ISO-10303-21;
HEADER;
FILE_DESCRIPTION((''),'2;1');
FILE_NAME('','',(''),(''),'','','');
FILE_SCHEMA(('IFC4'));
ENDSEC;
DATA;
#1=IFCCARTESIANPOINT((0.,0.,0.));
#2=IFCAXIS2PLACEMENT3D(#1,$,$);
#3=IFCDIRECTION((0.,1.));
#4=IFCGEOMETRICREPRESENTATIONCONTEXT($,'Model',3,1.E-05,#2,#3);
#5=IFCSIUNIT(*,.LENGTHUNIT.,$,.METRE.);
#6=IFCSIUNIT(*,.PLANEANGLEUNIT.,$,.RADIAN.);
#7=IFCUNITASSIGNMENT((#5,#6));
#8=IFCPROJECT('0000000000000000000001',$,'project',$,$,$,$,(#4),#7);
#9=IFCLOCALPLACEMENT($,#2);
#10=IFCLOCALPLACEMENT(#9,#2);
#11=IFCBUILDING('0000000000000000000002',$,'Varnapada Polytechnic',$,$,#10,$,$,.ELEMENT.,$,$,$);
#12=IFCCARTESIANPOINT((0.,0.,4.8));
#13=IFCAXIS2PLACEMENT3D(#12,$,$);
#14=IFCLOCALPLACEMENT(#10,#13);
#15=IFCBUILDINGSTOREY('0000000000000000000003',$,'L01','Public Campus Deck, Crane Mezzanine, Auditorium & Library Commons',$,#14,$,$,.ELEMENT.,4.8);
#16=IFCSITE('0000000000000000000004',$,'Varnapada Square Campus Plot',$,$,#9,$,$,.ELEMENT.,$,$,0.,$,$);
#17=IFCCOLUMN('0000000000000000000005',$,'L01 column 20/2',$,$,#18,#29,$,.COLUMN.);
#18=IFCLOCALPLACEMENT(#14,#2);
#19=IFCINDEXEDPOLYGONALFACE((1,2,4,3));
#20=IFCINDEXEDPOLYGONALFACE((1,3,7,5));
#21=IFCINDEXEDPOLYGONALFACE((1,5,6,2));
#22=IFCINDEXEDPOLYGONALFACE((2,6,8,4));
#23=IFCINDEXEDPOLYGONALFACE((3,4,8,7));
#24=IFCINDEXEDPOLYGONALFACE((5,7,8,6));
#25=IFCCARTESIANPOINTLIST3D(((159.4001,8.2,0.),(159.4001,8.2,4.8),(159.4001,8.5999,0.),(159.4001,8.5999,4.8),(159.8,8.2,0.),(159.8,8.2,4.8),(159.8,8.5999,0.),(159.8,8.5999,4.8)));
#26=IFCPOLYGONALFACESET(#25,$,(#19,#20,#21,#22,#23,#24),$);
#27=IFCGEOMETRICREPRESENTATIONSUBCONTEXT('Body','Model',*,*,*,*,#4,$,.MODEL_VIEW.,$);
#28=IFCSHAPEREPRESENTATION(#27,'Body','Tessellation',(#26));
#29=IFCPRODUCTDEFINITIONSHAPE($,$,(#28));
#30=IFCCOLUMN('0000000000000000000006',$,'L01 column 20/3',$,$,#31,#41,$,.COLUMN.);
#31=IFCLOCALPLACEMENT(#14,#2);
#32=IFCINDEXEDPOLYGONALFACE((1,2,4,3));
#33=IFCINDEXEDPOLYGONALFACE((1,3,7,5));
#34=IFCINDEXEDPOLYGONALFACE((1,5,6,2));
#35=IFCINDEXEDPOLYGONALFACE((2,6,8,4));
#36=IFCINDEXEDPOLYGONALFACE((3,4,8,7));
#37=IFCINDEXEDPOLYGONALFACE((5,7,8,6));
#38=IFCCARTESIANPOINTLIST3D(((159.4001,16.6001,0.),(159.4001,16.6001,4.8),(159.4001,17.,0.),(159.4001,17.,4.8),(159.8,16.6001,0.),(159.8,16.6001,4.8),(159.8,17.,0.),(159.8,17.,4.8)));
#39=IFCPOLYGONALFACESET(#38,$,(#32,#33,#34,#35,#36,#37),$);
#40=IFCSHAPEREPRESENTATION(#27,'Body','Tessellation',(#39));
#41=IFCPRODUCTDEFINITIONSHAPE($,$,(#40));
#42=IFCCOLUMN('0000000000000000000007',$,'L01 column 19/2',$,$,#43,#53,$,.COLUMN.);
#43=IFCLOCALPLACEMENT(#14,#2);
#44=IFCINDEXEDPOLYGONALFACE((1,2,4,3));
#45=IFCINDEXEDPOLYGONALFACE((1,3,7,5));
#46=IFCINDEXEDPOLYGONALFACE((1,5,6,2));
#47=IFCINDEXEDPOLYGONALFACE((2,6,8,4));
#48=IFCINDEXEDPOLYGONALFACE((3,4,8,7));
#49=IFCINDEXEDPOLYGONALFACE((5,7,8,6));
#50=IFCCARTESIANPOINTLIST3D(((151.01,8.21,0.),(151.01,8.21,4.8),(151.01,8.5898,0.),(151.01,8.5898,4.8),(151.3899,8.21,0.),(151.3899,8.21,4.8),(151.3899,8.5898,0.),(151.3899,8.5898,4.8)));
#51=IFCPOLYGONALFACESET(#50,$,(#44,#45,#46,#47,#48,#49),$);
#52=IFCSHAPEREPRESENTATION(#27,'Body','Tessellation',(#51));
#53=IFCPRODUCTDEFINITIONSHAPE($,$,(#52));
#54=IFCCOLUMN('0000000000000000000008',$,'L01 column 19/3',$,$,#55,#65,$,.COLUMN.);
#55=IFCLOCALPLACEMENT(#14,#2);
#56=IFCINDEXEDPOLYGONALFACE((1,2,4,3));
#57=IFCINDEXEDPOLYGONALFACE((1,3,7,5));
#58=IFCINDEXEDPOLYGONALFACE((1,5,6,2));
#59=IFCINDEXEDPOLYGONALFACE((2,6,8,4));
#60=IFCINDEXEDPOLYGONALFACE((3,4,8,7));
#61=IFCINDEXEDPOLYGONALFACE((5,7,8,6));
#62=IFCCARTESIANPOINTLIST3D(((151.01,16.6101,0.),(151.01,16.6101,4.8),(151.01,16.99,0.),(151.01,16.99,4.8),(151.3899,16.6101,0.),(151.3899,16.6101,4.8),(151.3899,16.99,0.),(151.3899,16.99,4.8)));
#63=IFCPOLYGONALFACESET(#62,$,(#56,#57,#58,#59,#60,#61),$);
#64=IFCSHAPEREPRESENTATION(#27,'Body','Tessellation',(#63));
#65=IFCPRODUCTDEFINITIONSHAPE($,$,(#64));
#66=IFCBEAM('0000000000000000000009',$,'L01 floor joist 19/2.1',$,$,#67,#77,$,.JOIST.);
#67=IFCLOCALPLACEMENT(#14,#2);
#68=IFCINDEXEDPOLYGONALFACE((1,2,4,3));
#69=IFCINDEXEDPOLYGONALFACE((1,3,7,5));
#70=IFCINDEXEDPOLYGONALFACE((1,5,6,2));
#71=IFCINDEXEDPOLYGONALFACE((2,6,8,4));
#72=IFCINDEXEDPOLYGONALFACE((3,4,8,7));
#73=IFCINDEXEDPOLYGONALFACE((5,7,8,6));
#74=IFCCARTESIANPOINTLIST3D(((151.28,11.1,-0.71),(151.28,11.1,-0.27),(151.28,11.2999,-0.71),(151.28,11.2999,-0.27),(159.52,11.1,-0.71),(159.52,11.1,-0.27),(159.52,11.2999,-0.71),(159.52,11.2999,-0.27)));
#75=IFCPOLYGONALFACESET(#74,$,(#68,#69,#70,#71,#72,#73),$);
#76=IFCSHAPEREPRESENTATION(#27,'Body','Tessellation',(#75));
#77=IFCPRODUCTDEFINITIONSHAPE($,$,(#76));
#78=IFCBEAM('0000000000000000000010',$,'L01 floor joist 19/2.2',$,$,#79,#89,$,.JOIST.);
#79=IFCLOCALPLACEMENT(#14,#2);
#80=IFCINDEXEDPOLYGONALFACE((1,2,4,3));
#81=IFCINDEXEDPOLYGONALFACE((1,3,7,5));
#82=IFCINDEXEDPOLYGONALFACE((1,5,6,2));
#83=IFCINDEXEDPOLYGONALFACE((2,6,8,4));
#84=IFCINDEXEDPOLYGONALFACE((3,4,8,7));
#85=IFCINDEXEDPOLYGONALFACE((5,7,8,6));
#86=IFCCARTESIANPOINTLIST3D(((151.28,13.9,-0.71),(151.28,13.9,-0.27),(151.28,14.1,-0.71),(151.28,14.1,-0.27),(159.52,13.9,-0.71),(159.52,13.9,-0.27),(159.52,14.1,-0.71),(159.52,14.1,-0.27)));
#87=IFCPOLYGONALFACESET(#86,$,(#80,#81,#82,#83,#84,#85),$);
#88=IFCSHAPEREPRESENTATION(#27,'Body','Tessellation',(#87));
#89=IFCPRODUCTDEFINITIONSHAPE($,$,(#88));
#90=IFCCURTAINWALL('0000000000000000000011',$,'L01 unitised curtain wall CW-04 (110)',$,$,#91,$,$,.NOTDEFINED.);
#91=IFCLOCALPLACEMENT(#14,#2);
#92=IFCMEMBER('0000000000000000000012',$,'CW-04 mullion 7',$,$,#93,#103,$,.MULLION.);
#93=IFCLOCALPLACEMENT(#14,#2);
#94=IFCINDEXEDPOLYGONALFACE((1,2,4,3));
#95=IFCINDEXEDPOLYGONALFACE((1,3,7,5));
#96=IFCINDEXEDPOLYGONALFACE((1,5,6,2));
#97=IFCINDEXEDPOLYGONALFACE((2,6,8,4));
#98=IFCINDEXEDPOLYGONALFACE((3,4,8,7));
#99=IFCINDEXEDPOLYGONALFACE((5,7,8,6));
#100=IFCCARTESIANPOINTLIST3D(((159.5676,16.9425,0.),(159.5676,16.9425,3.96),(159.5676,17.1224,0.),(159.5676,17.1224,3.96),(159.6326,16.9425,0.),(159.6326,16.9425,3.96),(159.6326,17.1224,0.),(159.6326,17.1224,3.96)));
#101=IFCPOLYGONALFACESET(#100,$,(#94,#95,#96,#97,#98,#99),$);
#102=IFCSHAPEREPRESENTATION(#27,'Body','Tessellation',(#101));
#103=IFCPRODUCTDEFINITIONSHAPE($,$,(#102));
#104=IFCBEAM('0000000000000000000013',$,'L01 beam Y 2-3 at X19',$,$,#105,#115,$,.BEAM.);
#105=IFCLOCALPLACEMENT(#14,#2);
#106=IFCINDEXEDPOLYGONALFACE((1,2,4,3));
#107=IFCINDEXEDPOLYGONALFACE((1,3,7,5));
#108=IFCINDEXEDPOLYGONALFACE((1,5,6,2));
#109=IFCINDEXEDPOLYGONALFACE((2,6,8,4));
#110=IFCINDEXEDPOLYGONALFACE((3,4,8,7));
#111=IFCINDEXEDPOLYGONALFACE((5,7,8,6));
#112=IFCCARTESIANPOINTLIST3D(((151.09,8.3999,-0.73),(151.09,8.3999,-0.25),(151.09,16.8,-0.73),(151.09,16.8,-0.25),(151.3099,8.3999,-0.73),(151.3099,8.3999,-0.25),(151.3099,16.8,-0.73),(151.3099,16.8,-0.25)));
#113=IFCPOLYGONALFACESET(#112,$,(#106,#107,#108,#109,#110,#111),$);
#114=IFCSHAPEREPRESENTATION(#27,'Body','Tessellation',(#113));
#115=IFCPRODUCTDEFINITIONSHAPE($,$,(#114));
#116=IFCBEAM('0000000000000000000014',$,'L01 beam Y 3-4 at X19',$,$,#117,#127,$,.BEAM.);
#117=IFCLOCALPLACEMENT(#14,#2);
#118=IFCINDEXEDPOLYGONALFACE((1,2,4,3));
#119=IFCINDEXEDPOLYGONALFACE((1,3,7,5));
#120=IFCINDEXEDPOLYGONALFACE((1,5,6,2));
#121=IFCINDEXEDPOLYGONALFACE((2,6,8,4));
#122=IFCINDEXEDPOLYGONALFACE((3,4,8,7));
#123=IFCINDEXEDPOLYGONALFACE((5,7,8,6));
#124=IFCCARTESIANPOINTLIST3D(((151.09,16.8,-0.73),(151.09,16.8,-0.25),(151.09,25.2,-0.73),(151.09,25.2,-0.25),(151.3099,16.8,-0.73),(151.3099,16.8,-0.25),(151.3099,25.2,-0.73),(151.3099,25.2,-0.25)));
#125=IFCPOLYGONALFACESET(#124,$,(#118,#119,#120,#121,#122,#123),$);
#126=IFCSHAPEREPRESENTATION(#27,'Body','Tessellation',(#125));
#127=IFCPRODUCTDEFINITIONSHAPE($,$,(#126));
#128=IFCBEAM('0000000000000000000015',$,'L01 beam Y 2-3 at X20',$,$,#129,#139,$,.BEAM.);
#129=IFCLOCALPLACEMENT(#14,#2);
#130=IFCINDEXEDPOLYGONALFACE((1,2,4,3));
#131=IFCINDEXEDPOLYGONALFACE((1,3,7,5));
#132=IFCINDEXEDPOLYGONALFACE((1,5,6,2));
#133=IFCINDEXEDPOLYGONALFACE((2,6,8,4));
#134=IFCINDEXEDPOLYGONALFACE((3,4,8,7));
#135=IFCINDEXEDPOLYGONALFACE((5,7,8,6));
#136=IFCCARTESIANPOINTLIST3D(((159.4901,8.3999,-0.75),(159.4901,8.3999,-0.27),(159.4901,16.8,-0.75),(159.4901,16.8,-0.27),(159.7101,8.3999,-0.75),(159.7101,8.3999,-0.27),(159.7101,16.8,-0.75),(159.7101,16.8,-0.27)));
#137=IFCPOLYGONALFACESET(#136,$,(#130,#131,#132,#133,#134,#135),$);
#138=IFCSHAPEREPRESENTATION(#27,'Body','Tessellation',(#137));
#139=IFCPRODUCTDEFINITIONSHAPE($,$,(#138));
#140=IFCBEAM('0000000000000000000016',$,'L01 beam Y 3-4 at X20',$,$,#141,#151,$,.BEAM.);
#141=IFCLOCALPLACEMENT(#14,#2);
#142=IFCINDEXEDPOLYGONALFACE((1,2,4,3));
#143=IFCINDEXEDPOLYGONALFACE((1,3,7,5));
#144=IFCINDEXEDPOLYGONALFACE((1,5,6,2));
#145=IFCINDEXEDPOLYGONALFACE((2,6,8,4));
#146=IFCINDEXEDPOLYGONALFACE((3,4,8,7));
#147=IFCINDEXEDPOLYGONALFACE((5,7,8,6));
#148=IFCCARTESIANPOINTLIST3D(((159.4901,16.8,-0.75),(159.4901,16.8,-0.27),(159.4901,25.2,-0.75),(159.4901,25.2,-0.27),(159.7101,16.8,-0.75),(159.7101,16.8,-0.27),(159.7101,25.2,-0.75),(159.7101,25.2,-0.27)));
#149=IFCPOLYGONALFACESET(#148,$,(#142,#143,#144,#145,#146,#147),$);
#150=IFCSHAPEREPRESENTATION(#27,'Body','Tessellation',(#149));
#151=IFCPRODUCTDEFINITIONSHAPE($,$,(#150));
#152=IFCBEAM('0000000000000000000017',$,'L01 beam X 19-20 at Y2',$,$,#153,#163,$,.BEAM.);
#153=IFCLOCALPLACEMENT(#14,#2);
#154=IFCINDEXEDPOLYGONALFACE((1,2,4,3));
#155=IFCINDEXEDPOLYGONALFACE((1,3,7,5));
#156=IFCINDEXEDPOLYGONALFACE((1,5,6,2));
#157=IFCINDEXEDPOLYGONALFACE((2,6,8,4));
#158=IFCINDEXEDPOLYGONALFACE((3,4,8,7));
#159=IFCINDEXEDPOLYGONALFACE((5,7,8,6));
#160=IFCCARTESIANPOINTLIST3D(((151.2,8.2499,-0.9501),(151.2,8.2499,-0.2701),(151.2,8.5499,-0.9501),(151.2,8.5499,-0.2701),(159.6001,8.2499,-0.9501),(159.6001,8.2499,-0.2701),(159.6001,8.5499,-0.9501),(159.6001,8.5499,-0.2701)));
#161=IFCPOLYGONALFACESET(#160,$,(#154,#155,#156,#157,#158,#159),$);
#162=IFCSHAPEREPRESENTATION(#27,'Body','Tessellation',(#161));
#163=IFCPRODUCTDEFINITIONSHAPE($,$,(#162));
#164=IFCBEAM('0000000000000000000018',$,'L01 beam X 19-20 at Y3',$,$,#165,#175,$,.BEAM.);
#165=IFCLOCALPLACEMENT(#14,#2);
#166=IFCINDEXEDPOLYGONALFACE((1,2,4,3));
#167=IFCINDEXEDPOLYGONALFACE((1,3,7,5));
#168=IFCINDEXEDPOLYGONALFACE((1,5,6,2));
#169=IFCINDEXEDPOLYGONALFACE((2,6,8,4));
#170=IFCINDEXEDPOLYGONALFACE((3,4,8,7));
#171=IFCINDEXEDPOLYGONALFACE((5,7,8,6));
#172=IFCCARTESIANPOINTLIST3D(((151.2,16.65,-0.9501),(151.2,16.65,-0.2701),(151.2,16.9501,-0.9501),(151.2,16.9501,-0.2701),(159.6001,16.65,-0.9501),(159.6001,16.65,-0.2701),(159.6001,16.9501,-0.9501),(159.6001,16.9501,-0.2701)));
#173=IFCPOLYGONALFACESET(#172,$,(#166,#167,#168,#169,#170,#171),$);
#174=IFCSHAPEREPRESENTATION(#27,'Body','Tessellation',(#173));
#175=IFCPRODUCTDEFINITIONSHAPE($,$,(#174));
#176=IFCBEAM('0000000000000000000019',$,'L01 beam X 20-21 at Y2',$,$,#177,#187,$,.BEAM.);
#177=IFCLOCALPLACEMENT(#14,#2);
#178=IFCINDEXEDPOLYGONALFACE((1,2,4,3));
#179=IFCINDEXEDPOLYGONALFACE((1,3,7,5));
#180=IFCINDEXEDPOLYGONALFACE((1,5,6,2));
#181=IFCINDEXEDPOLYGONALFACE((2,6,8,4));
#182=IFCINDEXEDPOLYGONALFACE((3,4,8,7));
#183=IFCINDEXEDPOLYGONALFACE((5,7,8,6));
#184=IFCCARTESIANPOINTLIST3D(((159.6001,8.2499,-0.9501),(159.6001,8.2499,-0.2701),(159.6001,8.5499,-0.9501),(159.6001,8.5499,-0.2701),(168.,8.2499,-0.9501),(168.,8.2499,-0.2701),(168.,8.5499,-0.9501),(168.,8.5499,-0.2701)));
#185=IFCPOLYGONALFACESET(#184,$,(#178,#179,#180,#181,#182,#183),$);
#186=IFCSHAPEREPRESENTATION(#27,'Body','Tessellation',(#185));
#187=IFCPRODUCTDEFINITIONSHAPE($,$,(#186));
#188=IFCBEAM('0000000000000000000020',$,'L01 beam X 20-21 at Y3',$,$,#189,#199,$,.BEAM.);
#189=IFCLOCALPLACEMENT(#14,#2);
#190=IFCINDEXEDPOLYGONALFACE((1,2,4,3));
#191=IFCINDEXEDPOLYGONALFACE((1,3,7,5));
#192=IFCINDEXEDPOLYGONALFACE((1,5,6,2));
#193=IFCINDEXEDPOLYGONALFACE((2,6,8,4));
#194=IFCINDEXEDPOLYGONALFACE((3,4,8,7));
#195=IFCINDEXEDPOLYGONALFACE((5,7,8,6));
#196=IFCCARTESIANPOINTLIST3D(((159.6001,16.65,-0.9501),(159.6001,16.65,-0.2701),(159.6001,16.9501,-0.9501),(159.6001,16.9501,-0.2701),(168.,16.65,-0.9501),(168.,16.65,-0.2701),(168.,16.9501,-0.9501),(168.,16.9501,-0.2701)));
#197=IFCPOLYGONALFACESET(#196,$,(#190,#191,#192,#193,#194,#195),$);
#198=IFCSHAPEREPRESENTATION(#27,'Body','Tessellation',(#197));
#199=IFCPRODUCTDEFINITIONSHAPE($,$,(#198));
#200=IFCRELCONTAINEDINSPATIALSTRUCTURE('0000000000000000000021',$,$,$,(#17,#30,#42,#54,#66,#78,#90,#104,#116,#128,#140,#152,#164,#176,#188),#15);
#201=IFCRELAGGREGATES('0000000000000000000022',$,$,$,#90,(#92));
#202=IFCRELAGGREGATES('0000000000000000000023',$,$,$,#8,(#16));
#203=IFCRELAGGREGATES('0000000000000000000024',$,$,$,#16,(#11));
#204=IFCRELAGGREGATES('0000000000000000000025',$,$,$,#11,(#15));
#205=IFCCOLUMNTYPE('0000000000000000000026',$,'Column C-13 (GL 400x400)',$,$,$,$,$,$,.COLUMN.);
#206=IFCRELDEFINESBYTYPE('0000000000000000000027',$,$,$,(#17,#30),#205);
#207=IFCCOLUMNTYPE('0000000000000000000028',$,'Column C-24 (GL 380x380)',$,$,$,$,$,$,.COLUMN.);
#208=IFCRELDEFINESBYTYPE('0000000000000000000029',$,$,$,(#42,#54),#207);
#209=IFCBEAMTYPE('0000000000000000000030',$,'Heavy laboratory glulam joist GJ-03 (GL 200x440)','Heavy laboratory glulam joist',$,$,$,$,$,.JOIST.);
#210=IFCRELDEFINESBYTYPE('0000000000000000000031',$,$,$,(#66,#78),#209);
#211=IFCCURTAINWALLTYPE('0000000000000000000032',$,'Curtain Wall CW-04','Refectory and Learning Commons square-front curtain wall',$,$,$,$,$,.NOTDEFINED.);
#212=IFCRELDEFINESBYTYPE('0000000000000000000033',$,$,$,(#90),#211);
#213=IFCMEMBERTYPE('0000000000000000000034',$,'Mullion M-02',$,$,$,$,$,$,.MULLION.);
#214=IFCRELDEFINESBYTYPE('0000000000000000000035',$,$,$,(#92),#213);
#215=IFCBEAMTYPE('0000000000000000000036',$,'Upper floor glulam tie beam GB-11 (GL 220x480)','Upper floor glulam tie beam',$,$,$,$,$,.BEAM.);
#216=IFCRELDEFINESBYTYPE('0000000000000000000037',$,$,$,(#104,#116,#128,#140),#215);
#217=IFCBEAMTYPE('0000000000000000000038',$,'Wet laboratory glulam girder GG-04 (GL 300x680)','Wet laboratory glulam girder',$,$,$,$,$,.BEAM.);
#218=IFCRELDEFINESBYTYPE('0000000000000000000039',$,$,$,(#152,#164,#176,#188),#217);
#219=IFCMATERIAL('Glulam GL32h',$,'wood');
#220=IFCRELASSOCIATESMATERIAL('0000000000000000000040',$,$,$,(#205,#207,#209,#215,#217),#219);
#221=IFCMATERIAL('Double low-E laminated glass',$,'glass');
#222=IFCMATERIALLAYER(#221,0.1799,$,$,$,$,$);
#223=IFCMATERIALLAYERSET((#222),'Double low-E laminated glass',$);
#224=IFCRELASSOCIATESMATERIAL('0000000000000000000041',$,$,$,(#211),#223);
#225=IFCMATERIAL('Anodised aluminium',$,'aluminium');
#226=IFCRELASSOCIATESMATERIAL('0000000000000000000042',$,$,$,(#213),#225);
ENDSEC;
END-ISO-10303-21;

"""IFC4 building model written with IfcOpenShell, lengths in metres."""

from ifc_helpers import new_model, si_unit, direction, frame, origin, origin_2d, place, context, subcontext, project, spatial, rectangle, extrude, material, layer, layer_set, material_profile, profile_set, type_object, element, aggregate, save


model = new_model("IFC4")

# Units and contexts
model_context = context("Model", 3, precision=1e-05, world=origin(), true_north=direction((0.0, 1.0)))
body_context = subcontext(model_context, "Body", "Model", "MODEL_VIEW")
ifc_project = project(units=[si_unit("LENGTHUNIT", "METRE"), si_unit("PLANEANGLEUNIT", "RADIAN")], contexts=[model_context])

# Site, building, storey
site_placement = place(None, origin())
site = spatial("IfcSite", under=ifc_project, at=site_placement, Name="Varnapada Square Campus Plot", CompositionType="ELEMENT", RefElevation=0.0)
building_placement = place(site_placement, origin())
building = spatial("IfcBuilding", under=site, at=building_placement, Name="Varnapada Polytechnic", CompositionType="ELEMENT")
storey_placement = place(building_placement, frame((0.0, 0.0, 4.8)))
storey = spatial("IfcBuildingStorey", under=building, at=storey_placement, Name="L01", Description="Public Campus Deck, Crane Mezzanine, Auditorium & Library Commons", CompositionType="ELEMENT", Elevation=4.8)

# Columns
ifc_material_1 = material(Name="Glulam GL32h", Category="wood")
ifc_material_profile_1 = material_profile(ifc_material_1, rectangle(XDim=0.3999, YDim=0.3999, at=origin_2d()), Name="GL 400x400")
ifc_profile_set_1 = profile_set([ifc_material_profile_1], Name="Glulam GL32h")
column_type_1 = type_object("IfcColumnType", Name="Column C-13 (GL 400x400)", PredefinedType="COLUMN", material=ifc_profile_set_1)
for number, where, z_axis, x_axis, name in (
    (1, (159.6001, 8.3999, 0.0), (0.0, 0.0, 1.0), (1.0, 0.0, 0.0), "L01 column 20/2"),
    (2, (159.6001, 16.8, 0.0), (0.0, 0.0, 1.0), (1.0, 0.0, 0.0), "L01 column 20/3"),
):
    element("IfcColumn", number, at=place(storey_placement, frame(where, z_axis=z_axis, x_axis=x_axis)), inside=storey, type_object=column_type_1, Name=name, PredefinedType="COLUMN", context=body_context, shape_type="SweptSolid", body=[
        extrude(rectangle(XDim=0.3999, YDim=0.3999, at=origin_2d()), origin(), (0.0, 0.0, 1.0), 4.8),
    ])
ifc_material_profile_2 = material_profile(ifc_material_1, rectangle(XDim=0.3799, YDim=0.3799, at=origin_2d()), Name="GL 380x380")
ifc_profile_set_2 = profile_set([ifc_material_profile_2], Name="Glulam GL32h")
column_type_2 = type_object("IfcColumnType", Name="Column C-24 (GL 380x380)", PredefinedType="COLUMN", material=ifc_profile_set_2)
for number, where, z_axis, x_axis, name in (
    (3, (151.2, 8.3999, 0.0), (0.0, 0.0, 1.0), (1.0, 0.0, 0.0), "L01 column 19/2"),
    (4, (151.2, 16.8, 0.0), (0.0, 0.0, 1.0), (1.0, 0.0, 0.0), "L01 column 19/3"),
):
    element("IfcColumn", number, at=place(storey_placement, frame(where, z_axis=z_axis, x_axis=x_axis)), inside=storey, type_object=column_type_2, Name=name, PredefinedType="COLUMN", context=body_context, shape_type="SweptSolid", body=[
        extrude(rectangle(XDim=0.3799, YDim=0.3799, at=origin_2d()), origin(), (0.0, 0.0, 1.0), 4.8),
    ])

# Beams
ifc_material_profile_3 = material_profile(ifc_material_1, rectangle(XDim=0.2, YDim=0.4399, at=origin_2d()), Name="GL 200x440")
ifc_profile_set_3 = profile_set([ifc_material_profile_3], Name="Glulam GL32h")
beam_type_1 = type_object("IfcBeamType", Name="Heavy laboratory glulam joist GJ-03 (GL 200x440)", Description="Heavy laboratory glulam joist", PredefinedType="JOIST", material=ifc_profile_set_3)
for number, where, z_axis, x_axis, name in (
    (5, (151.28, 11.2, -0.49), (1.0, 0.0, 0.0), (0.0, 1.0, 0.0), "L01 floor joist 19/2.1"),
    (6, (151.28, 14.0, -0.49), (1.0, 0.0, 0.0), (0.0, 1.0, 0.0), "L01 floor joist 19/2.2"),
):
    element("IfcBeam", number, at=place(storey_placement, frame(where, z_axis=z_axis, x_axis=x_axis)), inside=storey, type_object=beam_type_1, Name=name, PredefinedType="JOIST", context=body_context, shape_type="SweptSolid", body=[
        extrude(rectangle(XDim=0.2, YDim=0.4399, at=origin_2d()), origin(), (0.0, 0.0, 1.0), 8.24),
    ])

# Curtain wall, member
ifc_material_2 = material(Name="Double low-E laminated glass", Category="glass")
ifc_layer_1 = layer(ifc_material_2, 0.1799)
ifc_layer_set_1 = layer_set([ifc_layer_1], Name="Double low-E laminated glass")
curtain_wall_type = type_object("IfcCurtainWallType", Name="Curtain Wall CW-04", Description="Refectory and Learning Commons square-front curtain wall", PredefinedType="NOTDEFINED", material=ifc_layer_set_1)
curtain_wall_placement = place(storey_placement, origin())
curtain_wall = element("IfcCurtainWall", 7, at=curtain_wall_placement, inside=storey, type_object=curtain_wall_type, Name="L01 unitised curtain wall CW-04 (110)", PredefinedType="NOTDEFINED")
ifc_material_3 = material(Name="Anodised aluminium", Category="aluminium")
ifc_material_profile_4 = material_profile(ifc_material_3, rectangle(XDim=0.0649, YDim=0.1799, at=origin_2d()), Name="ALU M65x180")
ifc_profile_set_4 = profile_set([ifc_material_profile_4], Name="Anodised aluminium")
member_type = type_object("IfcMemberType", Name="Mullion M-02", PredefinedType="MULLION", material=ifc_profile_set_4)
member_placement = place(storey_placement, frame((159.6001, 17.0325, 0.0), z_axis=(0.0, 0.0, 1.0), x_axis=(1.0, 0.0, 0.0)))
member = element("IfcMember", 8, at=member_placement, type_object=member_type, Name="CW-04 mullion 7", PredefinedType="MULLION", context=body_context, shape_type="SweptSolid", body=[
    extrude(rectangle(XDim=0.0649, YDim=0.1799, at=origin_2d()), origin(), (0.0, 0.0, 1.0), 3.96),
])

# Beams
ifc_material_profile_5 = material_profile(ifc_material_1, rectangle(XDim=0.22, YDim=0.48, at=origin_2d()), Name="GL 220x480")
ifc_profile_set_5 = profile_set([ifc_material_profile_5], Name="Glulam GL32h")
beam_type_2 = type_object("IfcBeamType", Name="Upper floor glulam tie beam GB-11 (GL 220x480)", Description="Upper floor glulam tie beam", PredefinedType="BEAM", material=ifc_profile_set_5)
beam_1_placement = place(storey_placement, frame((151.2, 8.3999, -0.49), z_axis=(0.0, 1.0, 0.0), x_axis=(-1.0, 0.0, 0.0)))
element("IfcBeam", 9, at=beam_1_placement, inside=storey, type_object=beam_type_2, Name="L01 beam Y 2-3 at X19", PredefinedType="BEAM", context=body_context, shape_type="SweptSolid", body=[
    extrude(rectangle(XDim=0.22, YDim=0.48, at=origin_2d()), origin(), (0.0, 0.0, 1.0), 8.4001),
])
beam_2_placement = place(storey_placement, frame((151.2, 16.8, -0.49), z_axis=(0.0, 1.0, 0.0), x_axis=(-1.0, 0.0, 0.0)))
element("IfcBeam", 10, at=beam_2_placement, inside=storey, type_object=beam_type_2, Name="L01 beam Y 3-4 at X19", PredefinedType="BEAM", context=body_context, shape_type="SweptSolid", body=[
    extrude(rectangle(XDim=0.22, YDim=0.48, at=origin_2d()), origin(), (0.0, 0.0, 1.0), 8.3999),
])
beam_3_placement = place(storey_placement, frame((159.6001, 8.3999, -0.51), z_axis=(0.0, 1.0, 0.0), x_axis=(-1.0, 0.0, 0.0)))
element("IfcBeam", 11, at=beam_3_placement, inside=storey, type_object=beam_type_2, Name="L01 beam Y 2-3 at X20", PredefinedType="BEAM", context=body_context, shape_type="SweptSolid", body=[
    extrude(rectangle(XDim=0.22, YDim=0.48, at=origin_2d()), origin(), (0.0, 0.0, 1.0), 8.4001),
])
beam_4_placement = place(storey_placement, frame((159.6001, 16.8, -0.51), z_axis=(0.0, 1.0, 0.0), x_axis=(-1.0, 0.0, 0.0)))
element("IfcBeam", 12, at=beam_4_placement, inside=storey, type_object=beam_type_2, Name="L01 beam Y 3-4 at X20", PredefinedType="BEAM", context=body_context, shape_type="SweptSolid", body=[
    extrude(rectangle(XDim=0.22, YDim=0.48, at=origin_2d()), origin(), (0.0, 0.0, 1.0), 8.3999),
])
ifc_material_profile_6 = material_profile(ifc_material_1, rectangle(XDim=0.3, YDim=0.6799, at=origin_2d()), Name="GL 300x680")
ifc_profile_set_6 = profile_set([ifc_material_profile_6], Name="Glulam GL32h")
beam_type_3 = type_object("IfcBeamType", Name="Wet laboratory glulam girder GG-04 (GL 300x680)", Description="Wet laboratory glulam girder", PredefinedType="BEAM", material=ifc_profile_set_6)
for number, where, z_axis, x_axis, name in (
    (13, (151.2, 8.3999, -0.6101), (1.0, 0.0, 0.0), (0.0, 1.0, 0.0), "L01 beam X 19-20 at Y2"),
    (14, (151.2, 16.8, -0.6101), (1.0, 0.0, 0.0), (0.0, 1.0, 0.0), "L01 beam X 19-20 at Y3"),
):
    element("IfcBeam", number, at=place(storey_placement, frame(where, z_axis=z_axis, x_axis=x_axis)), inside=storey, type_object=beam_type_3, Name=name, PredefinedType="BEAM", context=body_context, shape_type="SweptSolid", body=[
        extrude(rectangle(XDim=0.3, YDim=0.6799, at=origin_2d()), origin(), (0.0, 0.0, 1.0), 8.4001),
    ])
for number, where, z_axis, x_axis, name in (
    (15, (159.6001, 8.3999, -0.6101), (1.0, 0.0, 0.0), (0.0, 1.0, 0.0), "L01 beam X 20-21 at Y2"),
    (16, (159.6001, 16.8, -0.6101), (1.0, 0.0, 0.0), (0.0, 1.0, 0.0), "L01 beam X 20-21 at Y3"),
):
    element("IfcBeam", number, at=place(storey_placement, frame(where, z_axis=z_axis, x_axis=x_axis)), inside=storey, type_object=beam_type_3, Name=name, PredefinedType="BEAM", context=body_context, shape_type="SweptSolid", body=[
        extrude(rectangle(XDim=0.3, YDim=0.6799, at=origin_2d()), origin(), (0.0, 0.0, 1.0), 8.3999),
    ])

aggregate(curtain_wall, [member])

save(model, "model.ifc")
